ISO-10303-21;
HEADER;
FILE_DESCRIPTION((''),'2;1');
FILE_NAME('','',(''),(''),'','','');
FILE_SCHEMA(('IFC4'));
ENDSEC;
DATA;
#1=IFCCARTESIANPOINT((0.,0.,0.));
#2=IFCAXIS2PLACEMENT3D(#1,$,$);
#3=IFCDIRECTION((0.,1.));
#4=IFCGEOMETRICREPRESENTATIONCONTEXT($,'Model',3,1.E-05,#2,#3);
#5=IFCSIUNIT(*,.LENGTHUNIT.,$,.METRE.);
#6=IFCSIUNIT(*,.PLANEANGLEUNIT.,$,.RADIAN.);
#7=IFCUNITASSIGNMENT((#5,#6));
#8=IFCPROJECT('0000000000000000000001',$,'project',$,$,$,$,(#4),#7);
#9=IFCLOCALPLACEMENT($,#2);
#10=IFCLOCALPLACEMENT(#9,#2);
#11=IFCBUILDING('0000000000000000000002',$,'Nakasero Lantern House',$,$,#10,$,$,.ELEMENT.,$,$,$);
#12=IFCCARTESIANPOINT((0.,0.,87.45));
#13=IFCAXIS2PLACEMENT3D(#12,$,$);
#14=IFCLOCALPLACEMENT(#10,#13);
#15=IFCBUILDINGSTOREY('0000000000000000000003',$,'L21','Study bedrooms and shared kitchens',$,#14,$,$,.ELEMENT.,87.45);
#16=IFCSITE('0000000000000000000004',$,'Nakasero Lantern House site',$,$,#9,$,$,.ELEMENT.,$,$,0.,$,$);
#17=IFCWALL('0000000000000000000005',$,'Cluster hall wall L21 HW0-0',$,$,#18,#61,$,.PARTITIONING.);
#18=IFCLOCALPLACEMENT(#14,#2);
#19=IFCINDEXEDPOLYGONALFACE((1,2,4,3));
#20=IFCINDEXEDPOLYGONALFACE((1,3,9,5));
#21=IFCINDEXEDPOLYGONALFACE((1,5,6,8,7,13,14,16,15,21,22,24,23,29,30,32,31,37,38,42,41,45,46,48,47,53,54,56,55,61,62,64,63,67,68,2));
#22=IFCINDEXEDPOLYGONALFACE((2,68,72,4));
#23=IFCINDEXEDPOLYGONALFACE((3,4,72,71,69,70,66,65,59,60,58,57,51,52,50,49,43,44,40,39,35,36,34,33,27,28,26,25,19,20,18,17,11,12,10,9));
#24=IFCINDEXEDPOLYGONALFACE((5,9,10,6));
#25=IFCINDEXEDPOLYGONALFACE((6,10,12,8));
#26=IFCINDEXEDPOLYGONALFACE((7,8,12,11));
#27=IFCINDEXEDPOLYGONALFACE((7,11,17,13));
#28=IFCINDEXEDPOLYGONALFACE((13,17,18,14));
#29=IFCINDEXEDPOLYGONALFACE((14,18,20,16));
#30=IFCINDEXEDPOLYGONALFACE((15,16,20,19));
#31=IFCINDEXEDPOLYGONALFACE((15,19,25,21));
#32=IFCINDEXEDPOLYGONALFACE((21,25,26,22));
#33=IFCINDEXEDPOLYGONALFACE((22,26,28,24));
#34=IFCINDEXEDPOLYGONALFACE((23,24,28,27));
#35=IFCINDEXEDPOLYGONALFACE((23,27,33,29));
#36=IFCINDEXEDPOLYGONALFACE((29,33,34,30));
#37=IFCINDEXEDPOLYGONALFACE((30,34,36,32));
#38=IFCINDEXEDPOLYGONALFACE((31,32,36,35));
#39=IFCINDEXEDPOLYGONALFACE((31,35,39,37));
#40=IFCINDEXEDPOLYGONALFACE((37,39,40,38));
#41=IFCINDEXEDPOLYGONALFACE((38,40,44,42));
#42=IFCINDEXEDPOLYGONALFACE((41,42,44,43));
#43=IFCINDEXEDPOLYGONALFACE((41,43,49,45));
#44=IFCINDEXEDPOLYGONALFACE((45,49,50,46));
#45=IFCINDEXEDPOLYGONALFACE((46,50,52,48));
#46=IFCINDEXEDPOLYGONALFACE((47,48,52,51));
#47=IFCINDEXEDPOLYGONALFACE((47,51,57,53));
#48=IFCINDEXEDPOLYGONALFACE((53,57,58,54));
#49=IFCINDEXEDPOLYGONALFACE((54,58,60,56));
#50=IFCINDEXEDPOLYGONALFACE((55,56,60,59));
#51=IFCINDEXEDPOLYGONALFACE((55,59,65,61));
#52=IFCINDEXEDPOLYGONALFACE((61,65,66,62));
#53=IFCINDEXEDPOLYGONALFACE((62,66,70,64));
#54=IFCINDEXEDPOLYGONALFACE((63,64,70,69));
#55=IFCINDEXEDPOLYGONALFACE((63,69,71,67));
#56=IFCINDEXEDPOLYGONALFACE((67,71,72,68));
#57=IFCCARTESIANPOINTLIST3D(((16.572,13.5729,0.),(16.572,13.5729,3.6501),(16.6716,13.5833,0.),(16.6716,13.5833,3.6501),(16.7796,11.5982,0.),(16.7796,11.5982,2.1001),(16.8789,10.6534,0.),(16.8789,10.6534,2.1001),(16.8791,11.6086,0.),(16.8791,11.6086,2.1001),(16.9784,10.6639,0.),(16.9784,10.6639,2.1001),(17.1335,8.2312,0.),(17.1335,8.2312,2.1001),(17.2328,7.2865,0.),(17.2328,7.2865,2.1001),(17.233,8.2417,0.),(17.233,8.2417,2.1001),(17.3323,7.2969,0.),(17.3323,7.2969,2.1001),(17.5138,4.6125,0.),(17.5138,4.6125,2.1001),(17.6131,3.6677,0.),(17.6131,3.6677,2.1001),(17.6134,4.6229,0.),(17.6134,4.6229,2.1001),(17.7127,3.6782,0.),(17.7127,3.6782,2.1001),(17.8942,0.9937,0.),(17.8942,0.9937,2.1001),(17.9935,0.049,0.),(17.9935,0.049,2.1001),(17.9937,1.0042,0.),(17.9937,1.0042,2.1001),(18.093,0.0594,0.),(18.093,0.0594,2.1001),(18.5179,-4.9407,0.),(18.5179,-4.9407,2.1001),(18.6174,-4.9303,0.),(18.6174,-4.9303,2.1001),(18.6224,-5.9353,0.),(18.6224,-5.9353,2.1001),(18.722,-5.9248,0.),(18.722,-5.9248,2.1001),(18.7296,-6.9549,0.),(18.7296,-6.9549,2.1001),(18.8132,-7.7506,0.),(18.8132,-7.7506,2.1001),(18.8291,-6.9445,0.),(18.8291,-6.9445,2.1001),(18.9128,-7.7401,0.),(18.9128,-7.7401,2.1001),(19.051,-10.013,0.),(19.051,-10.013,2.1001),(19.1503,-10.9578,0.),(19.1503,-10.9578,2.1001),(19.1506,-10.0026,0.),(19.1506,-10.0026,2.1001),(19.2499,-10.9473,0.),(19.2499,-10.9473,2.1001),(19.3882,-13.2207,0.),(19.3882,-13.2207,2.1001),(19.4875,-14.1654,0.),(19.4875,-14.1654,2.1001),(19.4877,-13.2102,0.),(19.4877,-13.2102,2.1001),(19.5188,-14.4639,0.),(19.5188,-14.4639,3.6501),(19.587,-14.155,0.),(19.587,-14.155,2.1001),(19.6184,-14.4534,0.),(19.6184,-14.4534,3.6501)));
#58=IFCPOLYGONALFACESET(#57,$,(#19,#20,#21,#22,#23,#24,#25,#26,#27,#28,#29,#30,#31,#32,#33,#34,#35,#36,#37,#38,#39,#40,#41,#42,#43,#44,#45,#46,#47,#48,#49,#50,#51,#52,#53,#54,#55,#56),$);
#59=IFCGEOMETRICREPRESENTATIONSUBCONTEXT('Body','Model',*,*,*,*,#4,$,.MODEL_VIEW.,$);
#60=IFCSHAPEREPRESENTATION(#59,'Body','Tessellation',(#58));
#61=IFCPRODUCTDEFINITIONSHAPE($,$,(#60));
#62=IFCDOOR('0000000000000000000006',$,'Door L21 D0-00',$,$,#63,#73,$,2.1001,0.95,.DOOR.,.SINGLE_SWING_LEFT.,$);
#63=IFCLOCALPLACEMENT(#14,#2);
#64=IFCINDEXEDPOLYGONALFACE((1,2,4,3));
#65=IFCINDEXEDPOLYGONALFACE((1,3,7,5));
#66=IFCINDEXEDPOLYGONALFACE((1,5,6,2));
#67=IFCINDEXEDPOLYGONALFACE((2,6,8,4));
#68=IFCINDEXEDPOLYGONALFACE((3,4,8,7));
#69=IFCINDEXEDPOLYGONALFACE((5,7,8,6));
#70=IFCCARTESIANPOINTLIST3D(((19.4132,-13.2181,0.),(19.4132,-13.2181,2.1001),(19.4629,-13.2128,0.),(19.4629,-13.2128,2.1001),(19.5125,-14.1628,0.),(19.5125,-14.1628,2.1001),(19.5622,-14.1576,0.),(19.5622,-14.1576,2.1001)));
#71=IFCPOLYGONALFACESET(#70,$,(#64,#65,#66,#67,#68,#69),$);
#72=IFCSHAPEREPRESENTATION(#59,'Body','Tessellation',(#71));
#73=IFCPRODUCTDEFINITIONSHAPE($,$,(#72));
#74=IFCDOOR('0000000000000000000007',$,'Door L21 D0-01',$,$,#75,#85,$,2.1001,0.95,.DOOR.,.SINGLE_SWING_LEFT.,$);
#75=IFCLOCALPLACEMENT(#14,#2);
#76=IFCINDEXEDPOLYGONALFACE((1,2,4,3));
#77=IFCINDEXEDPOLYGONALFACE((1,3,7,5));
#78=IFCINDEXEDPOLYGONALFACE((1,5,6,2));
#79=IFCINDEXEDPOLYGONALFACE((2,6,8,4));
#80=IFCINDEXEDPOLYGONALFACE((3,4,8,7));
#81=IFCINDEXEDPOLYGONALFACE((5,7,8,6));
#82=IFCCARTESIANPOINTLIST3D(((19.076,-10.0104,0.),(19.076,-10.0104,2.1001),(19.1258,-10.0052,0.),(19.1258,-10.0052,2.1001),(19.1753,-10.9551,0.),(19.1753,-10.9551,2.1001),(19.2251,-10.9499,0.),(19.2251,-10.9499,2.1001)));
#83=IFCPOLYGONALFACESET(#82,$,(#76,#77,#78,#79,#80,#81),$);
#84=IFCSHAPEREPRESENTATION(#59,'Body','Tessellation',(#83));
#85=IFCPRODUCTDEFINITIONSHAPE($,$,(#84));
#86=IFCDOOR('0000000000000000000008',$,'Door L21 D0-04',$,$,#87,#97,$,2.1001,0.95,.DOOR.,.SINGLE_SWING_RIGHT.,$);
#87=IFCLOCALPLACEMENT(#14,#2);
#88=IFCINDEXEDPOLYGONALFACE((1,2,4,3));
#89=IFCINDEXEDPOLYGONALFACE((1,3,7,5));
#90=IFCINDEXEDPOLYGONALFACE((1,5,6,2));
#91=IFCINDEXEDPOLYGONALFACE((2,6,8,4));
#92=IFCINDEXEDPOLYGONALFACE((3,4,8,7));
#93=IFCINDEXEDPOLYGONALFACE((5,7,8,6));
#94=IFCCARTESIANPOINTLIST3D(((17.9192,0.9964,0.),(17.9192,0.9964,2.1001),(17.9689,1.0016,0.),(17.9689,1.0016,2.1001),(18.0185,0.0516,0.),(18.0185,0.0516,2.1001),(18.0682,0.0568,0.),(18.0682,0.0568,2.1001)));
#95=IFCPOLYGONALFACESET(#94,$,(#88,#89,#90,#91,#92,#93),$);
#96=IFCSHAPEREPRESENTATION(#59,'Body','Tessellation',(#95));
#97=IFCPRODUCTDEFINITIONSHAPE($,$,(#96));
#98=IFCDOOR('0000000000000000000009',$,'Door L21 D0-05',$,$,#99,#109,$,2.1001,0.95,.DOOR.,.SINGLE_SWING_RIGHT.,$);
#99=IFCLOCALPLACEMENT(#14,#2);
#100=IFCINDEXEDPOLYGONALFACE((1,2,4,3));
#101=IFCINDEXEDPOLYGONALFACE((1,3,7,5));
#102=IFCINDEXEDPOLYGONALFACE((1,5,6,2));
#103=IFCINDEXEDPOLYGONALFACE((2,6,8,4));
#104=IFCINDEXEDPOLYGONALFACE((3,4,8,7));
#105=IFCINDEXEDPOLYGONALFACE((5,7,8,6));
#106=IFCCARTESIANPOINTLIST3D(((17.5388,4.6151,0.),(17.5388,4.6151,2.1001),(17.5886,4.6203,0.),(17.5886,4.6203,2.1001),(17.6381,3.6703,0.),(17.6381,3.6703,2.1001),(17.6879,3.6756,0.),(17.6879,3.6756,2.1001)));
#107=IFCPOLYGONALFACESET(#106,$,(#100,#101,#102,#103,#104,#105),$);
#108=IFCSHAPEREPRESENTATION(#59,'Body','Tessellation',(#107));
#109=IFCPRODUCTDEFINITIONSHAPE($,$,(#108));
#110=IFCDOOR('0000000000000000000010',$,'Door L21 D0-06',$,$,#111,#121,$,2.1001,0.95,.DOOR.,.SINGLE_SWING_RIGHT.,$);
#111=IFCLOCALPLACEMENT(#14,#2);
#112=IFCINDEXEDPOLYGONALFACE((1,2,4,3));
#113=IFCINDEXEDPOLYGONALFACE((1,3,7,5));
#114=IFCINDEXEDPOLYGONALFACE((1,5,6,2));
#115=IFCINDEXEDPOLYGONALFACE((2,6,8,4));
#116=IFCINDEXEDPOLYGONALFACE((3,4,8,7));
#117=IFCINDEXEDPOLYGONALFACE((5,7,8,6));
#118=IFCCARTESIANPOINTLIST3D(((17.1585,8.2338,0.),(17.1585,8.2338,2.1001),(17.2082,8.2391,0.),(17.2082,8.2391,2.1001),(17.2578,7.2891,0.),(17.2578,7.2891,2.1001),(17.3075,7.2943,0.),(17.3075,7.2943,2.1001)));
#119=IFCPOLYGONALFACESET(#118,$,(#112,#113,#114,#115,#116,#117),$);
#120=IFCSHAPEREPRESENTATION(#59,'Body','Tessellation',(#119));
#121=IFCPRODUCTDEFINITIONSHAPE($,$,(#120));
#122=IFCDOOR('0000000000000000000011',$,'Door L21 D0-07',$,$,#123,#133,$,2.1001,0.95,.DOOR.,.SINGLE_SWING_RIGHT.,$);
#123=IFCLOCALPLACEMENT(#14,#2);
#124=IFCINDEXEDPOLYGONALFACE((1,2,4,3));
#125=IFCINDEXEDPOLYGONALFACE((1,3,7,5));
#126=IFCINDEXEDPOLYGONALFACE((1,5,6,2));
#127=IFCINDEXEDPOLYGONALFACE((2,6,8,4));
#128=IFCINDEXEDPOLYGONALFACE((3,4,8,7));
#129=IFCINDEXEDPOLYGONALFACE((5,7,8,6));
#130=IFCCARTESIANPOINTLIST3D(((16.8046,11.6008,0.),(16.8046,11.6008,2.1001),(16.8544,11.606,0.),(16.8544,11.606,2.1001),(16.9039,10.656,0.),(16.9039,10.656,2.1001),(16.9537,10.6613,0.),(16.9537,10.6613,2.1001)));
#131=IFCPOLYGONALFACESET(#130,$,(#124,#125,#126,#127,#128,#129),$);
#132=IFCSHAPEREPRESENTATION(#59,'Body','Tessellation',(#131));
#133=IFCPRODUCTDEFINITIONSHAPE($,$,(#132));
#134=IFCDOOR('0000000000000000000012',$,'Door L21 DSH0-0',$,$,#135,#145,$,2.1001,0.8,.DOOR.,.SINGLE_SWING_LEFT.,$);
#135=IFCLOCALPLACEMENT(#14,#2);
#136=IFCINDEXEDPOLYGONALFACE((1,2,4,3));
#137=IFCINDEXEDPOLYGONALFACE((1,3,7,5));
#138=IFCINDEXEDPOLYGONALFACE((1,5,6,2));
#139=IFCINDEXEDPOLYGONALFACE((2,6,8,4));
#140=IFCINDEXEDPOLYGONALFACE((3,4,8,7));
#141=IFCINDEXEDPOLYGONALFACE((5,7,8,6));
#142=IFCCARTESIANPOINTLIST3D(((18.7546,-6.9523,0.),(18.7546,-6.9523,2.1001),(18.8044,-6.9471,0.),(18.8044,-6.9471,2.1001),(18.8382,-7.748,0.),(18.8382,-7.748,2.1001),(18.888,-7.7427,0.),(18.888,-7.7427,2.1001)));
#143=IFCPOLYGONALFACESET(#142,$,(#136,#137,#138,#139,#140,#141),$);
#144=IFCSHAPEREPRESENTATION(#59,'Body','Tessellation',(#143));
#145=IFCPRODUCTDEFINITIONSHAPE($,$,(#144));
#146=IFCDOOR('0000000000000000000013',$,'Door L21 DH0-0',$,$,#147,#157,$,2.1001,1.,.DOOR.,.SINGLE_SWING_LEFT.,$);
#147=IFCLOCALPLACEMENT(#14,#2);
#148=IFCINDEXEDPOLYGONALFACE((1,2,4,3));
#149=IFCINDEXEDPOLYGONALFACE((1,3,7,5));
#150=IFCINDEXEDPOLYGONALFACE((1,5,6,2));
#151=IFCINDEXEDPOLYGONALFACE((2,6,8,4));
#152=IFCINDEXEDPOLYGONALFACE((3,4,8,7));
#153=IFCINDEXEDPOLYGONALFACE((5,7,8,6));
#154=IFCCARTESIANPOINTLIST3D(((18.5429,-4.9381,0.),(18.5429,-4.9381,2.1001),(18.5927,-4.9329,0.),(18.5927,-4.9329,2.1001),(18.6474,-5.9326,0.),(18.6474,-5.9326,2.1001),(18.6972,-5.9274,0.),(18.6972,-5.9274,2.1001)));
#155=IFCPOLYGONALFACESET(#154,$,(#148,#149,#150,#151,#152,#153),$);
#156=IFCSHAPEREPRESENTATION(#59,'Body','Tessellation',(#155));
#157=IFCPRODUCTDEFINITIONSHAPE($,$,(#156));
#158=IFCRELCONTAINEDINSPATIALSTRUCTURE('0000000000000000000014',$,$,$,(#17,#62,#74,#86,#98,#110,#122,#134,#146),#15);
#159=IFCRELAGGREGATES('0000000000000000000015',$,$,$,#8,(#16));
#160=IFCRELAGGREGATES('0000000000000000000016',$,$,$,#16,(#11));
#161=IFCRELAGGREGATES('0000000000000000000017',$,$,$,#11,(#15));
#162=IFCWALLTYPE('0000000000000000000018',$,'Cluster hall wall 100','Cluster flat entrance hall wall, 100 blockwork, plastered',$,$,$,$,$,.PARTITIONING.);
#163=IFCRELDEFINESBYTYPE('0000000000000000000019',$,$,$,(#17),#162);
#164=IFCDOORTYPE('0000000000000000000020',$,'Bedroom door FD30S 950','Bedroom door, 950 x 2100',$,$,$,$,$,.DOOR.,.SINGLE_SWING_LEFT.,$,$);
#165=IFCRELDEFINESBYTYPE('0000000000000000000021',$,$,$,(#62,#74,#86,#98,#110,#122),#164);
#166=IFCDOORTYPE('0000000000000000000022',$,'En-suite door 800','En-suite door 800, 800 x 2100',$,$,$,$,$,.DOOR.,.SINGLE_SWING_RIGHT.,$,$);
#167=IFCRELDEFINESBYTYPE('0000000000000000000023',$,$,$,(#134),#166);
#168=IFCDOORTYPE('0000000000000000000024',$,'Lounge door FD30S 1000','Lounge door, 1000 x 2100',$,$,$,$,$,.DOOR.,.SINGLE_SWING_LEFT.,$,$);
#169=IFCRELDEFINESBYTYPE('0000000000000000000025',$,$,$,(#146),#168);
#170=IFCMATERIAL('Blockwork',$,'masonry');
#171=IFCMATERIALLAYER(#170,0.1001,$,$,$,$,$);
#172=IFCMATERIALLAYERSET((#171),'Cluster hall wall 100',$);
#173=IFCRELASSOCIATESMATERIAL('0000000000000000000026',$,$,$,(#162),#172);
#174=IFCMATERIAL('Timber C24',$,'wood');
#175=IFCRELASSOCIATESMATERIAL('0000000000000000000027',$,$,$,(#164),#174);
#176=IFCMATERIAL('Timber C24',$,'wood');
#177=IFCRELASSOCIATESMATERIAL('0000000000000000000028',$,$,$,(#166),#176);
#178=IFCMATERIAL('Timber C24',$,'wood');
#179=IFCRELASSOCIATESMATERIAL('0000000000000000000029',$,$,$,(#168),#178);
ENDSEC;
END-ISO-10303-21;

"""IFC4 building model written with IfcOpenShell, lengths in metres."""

from ifc_helpers import new_model, si_unit, direction, frame, frame_2d, origin, place, context, subcontext, project, spatial, rectangle, extrude, material, layer, layer_set, type_object, element, fill, save


model = new_model("IFC4")

# Units and contexts
model_context = context("Model", 3, precision=1e-05, world=origin(), true_north=direction((0.0, 1.0)))
body_context = subcontext(model_context, "Body", "Model", "MODEL_VIEW")
ifc_project = project(units=[si_unit("LENGTHUNIT", "METRE"), si_unit("PLANEANGLEUNIT", "RADIAN")], contexts=[model_context])

# Site, building, storey
site_placement = place(None, origin())
site = spatial("IfcSite", under=ifc_project, at=site_placement, Name="Nakasero Lantern House site", CompositionType="ELEMENT", RefElevation=0.0)
building_placement = place(site_placement, origin())
building = spatial("IfcBuilding", under=site, at=building_placement, Name="Nakasero Lantern House", CompositionType="ELEMENT")
storey_placement = place(building_placement, frame((0.0, 0.0, 87.45)))
storey = spatial("IfcBuildingStorey", under=building, at=storey_placement, Name="L21", Description="Study bedrooms and shared kitchens", CompositionType="ELEMENT", Elevation=87.45)

# Wall, openings, doors
ifc_material_1 = material(Name="Blockwork", Category="masonry")
ifc_layer_1 = layer(ifc_material_1, 0.1001)
ifc_layer_set_1 = layer_set([ifc_layer_1], Name="Cluster hall wall 100")
wall_type_1 = type_object("IfcWallType", Name="Cluster hall wall 100", Description="Cluster flat entrance hall wall, 100 blockwork, plastered", PredefinedType="PARTITIONING", material=ifc_layer_set_1)
wall_1_placement = place(storey_placement, frame((19.5686, -14.4587, 0.0), z_axis=(0.0, 0.0, 1.0), x_axis=(-0.104529, 0.994522, 0.0)))
wall_1 = element("IfcWall", 1, at=wall_1_placement, inside=storey, type_object=wall_type_1, Name="Cluster hall wall L21 HW0-0", PredefinedType="PARTITIONING", context=body_context, shape_type="SweptSolid", body=[
    extrude(rectangle(XDim=28.1912, YDim=0.1001, at=frame_2d((14.0957, 0.0))), origin(), (0.0, 0.0, 1.0), 3.6501),
])
opening_1_placement = place(wall_1_placement, frame((8.5757, 0.0, 0.0)))
opening_1 = element("IfcOpeningElement", 2, at=opening_1_placement, cuts=wall_1, PredefinedType="OPENING", context=body_context, shape_type="SweptSolid", body=[
    extrude(rectangle(XDim=1.0, YDim=2.1001, at=frame_2d((0.5, 1.05))), frame((0.0, 0.0701, 0.0), z_axis=(0.0, -1.0, 0.0), x_axis=(1.0, 0.0, 0.0)), (0.0, 0.0, 1.0), 0.1401),
])
opening_2_placement = place(wall_1_placement, frame((6.7505, 0.0, 0.0)))
opening_2 = element("IfcOpeningElement", 3, at=opening_2_placement, cuts=wall_1, PredefinedType="OPENING", context=body_context, shape_type="SweptSolid", body=[
    extrude(rectangle(XDim=0.8, YDim=2.1001, at=frame_2d((0.3999, 1.05))), frame((0.0, 0.0701, 0.0), z_axis=(0.0, -1.0, 0.0), x_axis=(1.0, 0.0, 0.0)), (0.0, 0.0, 1.0), 0.1401),
])
opening_3_placement = place(wall_1_placement, frame((0.3, 0.0, 0.0)))
opening_3 = element("IfcOpeningElement", 4, at=opening_3_placement, cuts=wall_1, PredefinedType="OPENING", context=body_context, shape_type="SweptSolid", body=[
    extrude(rectangle(XDim=0.95, YDim=2.1001, at=frame_2d((0.4751, 1.05))), frame((0.0, 0.0701, 0.0), z_axis=(0.0, -1.0, 0.0), x_axis=(1.0, 0.0, 0.0)), (0.0, 0.0, 1.0), 0.1401),
])
opening_4_placement = place(wall_1_placement, frame((3.5254, 0.0, 0.0)))
opening_4 = element("IfcOpeningElement", 5, at=opening_4_placement, cuts=wall_1, PredefinedType="OPENING", context=body_context, shape_type="SweptSolid", body=[
    extrude(rectangle(XDim=0.95, YDim=2.1001, at=frame_2d((0.4751, 1.05))), frame((0.0, 0.0701, 0.0), z_axis=(0.0, -1.0, 0.0), x_axis=(1.0, 0.0, 0.0)), (0.0, 0.0, 1.0), 0.1401),
])
opening_5_placement = place(wall_1_placement, frame((14.5928, 0.0, 0.0)))
opening_5 = element("IfcOpeningElement", 6, at=opening_5_placement, cuts=wall_1, PredefinedType="OPENING", context=body_context, shape_type="SweptSolid", body=[
    extrude(rectangle(XDim=0.95, YDim=2.1001, at=frame_2d((0.4751, 1.05))), frame((0.0, 0.0701, 0.0), z_axis=(0.0, -1.0, 0.0), x_axis=(1.0, 0.0, 0.0)), (0.0, 0.0, 1.0), 0.1401),
])
opening_6_placement = place(wall_1_placement, frame((18.2314, 0.0, 0.0)))
opening_6 = element("IfcOpeningElement", 7, at=opening_6_placement, cuts=wall_1, PredefinedType="OPENING", context=body_context, shape_type="SweptSolid", body=[
    extrude(rectangle(XDim=0.95, YDim=2.1001, at=frame_2d((0.4751, 1.05))), frame((0.0, 0.0701, 0.0), z_axis=(0.0, -1.0, 0.0), x_axis=(1.0, 0.0, 0.0)), (0.0, 0.0, 1.0), 0.1401),
])
opening_7_placement = place(wall_1_placement, frame((21.8701, 0.0, 0.0)))
opening_7 = element("IfcOpeningElement", 8, at=opening_7_placement, cuts=wall_1, PredefinedType="OPENING", context=body_context, shape_type="SweptSolid", body=[
    extrude(rectangle(XDim=0.95, YDim=2.1001, at=frame_2d((0.4751, 1.05))), frame((0.0, 0.0701, 0.0), z_axis=(0.0, -1.0, 0.0), x_axis=(1.0, 0.0, 0.0)), (0.0, 0.0, 1.0), 0.1401),
])
opening_8_placement = place(wall_1_placement, frame((25.2556, 0.0, 0.0)))
opening_8 = element("IfcOpeningElement", 9, at=opening_8_placement, cuts=wall_1, PredefinedType="OPENING", context=body_context, shape_type="SweptSolid", body=[
    extrude(rectangle(XDim=0.95, YDim=2.1001, at=frame_2d((0.4751, 1.05))), frame((0.0, 0.0701, 0.0), z_axis=(0.0, -1.0, 0.0), x_axis=(1.0, 0.0, 0.0)), (0.0, 0.0, 1.0), 0.1401),
])
ifc_material_2 = material(Name="Timber C24", Category="wood")
door_type_1 = type_object("IfcDoorType", Name="Bedroom door FD30S 950", Description="Bedroom door, 950 x 2100", OperationType="SINGLE_SWING_LEFT", PredefinedType="DOOR", material=ifc_material_2)
door_1_placement = place(opening_3_placement, origin())
door_1 = element("IfcDoor", 10, at=door_1_placement, inside=storey, type_object=door_type_1, Name="Door L21 D0-00", OperationType="SINGLE_SWING_LEFT", OverallHeight=2.1001, OverallWidth=0.95, PredefinedType="DOOR", context=body_context, shape_type="SweptSolid", body=[
    extrude(rectangle(XDim=0.95, YDim=2.1001, at=frame_2d((0.4751, 1.05))), frame((0.0, 0.0249, 0.0), z_axis=(0.0, -1.0, 0.0), x_axis=(1.0, 0.0, 0.0)), (0.0, 0.0, 1.0), 0.05),
])
fill(opening_3, door_1)
door_2_placement = place(opening_4_placement, origin())
door_2 = element("IfcDoor", 11, at=door_2_placement, inside=storey, type_object=door_type_1, Name="Door L21 D0-01", OperationType="SINGLE_SWING_LEFT", OverallHeight=2.1001, OverallWidth=0.95, PredefinedType="DOOR", context=body_context, shape_type="SweptSolid", body=[
    extrude(rectangle(XDim=0.95, YDim=2.1001, at=frame_2d((0.4751, 1.05))), frame((0.0, 0.0249, 0.0), z_axis=(0.0, -1.0, 0.0), x_axis=(1.0, 0.0, 0.0)), (0.0, 0.0, 1.0), 0.05),
])
fill(opening_4, door_2)
door_3_placement = place(opening_5_placement, origin())
door_3 = element("IfcDoor", 12, at=door_3_placement, inside=storey, type_object=door_type_1, Name="Door L21 D0-04", OperationType="SINGLE_SWING_RIGHT", OverallHeight=2.1001, OverallWidth=0.95, PredefinedType="DOOR", context=body_context, shape_type="SweptSolid", body=[
    extrude(rectangle(XDim=0.95, YDim=2.1001, at=frame_2d((0.4751, 1.05))), frame((0.0, 0.0249, 0.0), z_axis=(0.0, -1.0, 0.0), x_axis=(1.0, 0.0, 0.0)), (0.0, 0.0, 1.0), 0.05),
])
fill(opening_5, door_3)
door_4_placement = place(opening_6_placement, origin())
door_4 = element("IfcDoor", 13, at=door_4_placement, inside=storey, type_object=door_type_1, Name="Door L21 D0-05", OperationType="SINGLE_SWING_RIGHT", OverallHeight=2.1001, OverallWidth=0.95, PredefinedType="DOOR", context=body_context, shape_type="SweptSolid", body=[
    extrude(rectangle(XDim=0.95, YDim=2.1001, at=frame_2d((0.4751, 1.05))), frame((0.0, 0.0249, 0.0), z_axis=(0.0, -1.0, 0.0), x_axis=(1.0, 0.0, 0.0)), (0.0, 0.0, 1.0), 0.05),
])
fill(opening_6, door_4)
door_5_placement = place(opening_7_placement, origin())
door_5 = element("IfcDoor", 14, at=door_5_placement, inside=storey, type_object=door_type_1, Name="Door L21 D0-06", OperationType="SINGLE_SWING_RIGHT", OverallHeight=2.1001, OverallWidth=0.95, PredefinedType="DOOR", context=body_context, shape_type="SweptSolid", body=[
    extrude(rectangle(XDim=0.95, YDim=2.1001, at=frame_2d((0.4751, 1.05))), frame((0.0, 0.0249, 0.0), z_axis=(0.0, -1.0, 0.0), x_axis=(1.0, 0.0, 0.0)), (0.0, 0.0, 1.0), 0.05),
])
fill(opening_7, door_5)
door_6_placement = place(opening_8_placement, origin())
door_6 = element("IfcDoor", 15, at=door_6_placement, inside=storey, type_object=door_type_1, Name="Door L21 D0-07", OperationType="SINGLE_SWING_RIGHT", OverallHeight=2.1001, OverallWidth=0.95, PredefinedType="DOOR", context=body_context, shape_type="SweptSolid", body=[
    extrude(rectangle(XDim=0.95, YDim=2.1001, at=frame_2d((0.4751, 1.05))), frame((0.0, 0.0249, 0.0), z_axis=(0.0, -1.0, 0.0), x_axis=(1.0, 0.0, 0.0)), (0.0, 0.0, 1.0), 0.05),
])
fill(opening_8, door_6)
ifc_material_3 = material(Name="Timber C24", Category="wood")
door_type_2 = type_object("IfcDoorType", Name="En-suite door 800", Description="En-suite door 800, 800 x 2100", OperationType="SINGLE_SWING_RIGHT", PredefinedType="DOOR", material=ifc_material_3)
door_7_placement = place(opening_2_placement, origin())
door_7 = element("IfcDoor", 16, at=door_7_placement, inside=storey, type_object=door_type_2, Name="Door L21 DSH0-0", OperationType="SINGLE_SWING_LEFT", OverallHeight=2.1001, OverallWidth=0.8, PredefinedType="DOOR", context=body_context, shape_type="SweptSolid", body=[
    extrude(rectangle(XDim=0.8, YDim=2.1001, at=frame_2d((0.3999, 1.05))), frame((0.0, 0.0249, 0.0), z_axis=(0.0, -1.0, 0.0), x_axis=(1.0, 0.0, 0.0)), (0.0, 0.0, 1.0), 0.05),
])
fill(opening_2, door_7)
ifc_material_4 = material(Name="Timber C24", Category="wood")
door_type_3 = type_object("IfcDoorType", Name="Lounge door FD30S 1000", Description="Lounge door, 1000 x 2100", OperationType="SINGLE_SWING_LEFT", PredefinedType="DOOR", material=ifc_material_4)
door_8_placement = place(opening_1_placement, origin())
door_8 = element("IfcDoor", 17, at=door_8_placement, inside=storey, type_object=door_type_3, Name="Door L21 DH0-0", OperationType="SINGLE_SWING_LEFT", OverallHeight=2.1001, OverallWidth=1.0, PredefinedType="DOOR", context=body_context, shape_type="SweptSolid", body=[
    extrude(rectangle(XDim=1.0, YDim=2.1001, at=frame_2d((0.5, 1.05))), frame((0.0, 0.0249, 0.0), z_axis=(0.0, -1.0, 0.0), x_axis=(1.0, 0.0, 0.0)), (0.0, 0.0, 1.0), 0.05),
])
fill(opening_1, door_8)

save(model, "model.ifc")
